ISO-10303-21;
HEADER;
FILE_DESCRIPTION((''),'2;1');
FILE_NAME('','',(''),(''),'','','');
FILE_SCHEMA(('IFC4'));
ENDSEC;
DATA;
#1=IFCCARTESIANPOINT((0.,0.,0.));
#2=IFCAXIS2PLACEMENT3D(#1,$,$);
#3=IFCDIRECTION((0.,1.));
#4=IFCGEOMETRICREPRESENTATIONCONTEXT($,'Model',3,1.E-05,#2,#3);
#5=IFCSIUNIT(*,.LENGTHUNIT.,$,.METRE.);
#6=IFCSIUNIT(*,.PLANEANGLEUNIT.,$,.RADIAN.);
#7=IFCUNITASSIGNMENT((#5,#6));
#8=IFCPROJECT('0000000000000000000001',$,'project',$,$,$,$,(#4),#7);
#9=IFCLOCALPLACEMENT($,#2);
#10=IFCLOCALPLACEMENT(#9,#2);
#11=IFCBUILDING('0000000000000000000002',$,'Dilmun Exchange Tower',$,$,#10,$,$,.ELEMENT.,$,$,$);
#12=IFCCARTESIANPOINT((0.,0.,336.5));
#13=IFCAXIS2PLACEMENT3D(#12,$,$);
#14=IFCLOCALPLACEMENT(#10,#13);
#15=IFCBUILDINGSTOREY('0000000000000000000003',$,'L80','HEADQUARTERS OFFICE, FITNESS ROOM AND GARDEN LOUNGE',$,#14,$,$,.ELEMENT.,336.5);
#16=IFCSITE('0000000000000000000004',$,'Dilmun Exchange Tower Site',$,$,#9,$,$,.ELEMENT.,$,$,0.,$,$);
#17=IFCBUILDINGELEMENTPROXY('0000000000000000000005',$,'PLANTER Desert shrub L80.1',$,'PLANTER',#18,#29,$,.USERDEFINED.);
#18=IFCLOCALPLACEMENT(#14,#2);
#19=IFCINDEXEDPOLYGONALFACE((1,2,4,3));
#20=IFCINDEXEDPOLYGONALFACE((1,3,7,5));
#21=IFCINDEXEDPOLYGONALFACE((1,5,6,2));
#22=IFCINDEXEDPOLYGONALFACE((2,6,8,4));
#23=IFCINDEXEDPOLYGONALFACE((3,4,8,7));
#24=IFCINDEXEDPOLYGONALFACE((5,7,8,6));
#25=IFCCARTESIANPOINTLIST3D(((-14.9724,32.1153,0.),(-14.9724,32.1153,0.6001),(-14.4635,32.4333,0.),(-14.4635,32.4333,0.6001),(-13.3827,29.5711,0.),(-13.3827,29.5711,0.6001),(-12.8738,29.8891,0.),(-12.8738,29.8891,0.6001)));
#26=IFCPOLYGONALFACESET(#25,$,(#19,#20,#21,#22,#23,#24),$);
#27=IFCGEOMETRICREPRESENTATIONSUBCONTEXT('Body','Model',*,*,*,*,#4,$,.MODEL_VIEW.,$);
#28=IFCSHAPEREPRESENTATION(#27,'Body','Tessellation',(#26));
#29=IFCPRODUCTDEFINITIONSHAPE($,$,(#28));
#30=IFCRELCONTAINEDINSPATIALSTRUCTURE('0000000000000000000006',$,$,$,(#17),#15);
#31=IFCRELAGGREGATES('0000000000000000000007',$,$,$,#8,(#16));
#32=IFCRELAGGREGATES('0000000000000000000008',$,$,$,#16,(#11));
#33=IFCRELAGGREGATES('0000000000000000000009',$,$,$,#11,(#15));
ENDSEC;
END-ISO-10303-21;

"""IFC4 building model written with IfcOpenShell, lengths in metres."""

from ifc_helpers import new_model, si_unit, direction, frame, origin, origin_2d, place, context, subcontext, project, spatial, rectangle, extrude, element, save


model = new_model("IFC4")

# Units and contexts
model_context = context("Model", 3, precision=1e-05, world=origin(), true_north=direction((0.0, 1.0)))
body_context = subcontext(model_context, "Body", "Model", "MODEL_VIEW")
ifc_project = project(units=[si_unit("LENGTHUNIT", "METRE"), si_unit("PLANEANGLEUNIT", "RADIAN")], contexts=[model_context])

# Site, building, storey
site_placement = place(None, origin())
site = spatial("IfcSite", under=ifc_project, at=site_placement, Name="Dilmun Exchange Tower Site", CompositionType="ELEMENT", RefElevation=0.0)
building_placement = place(site_placement, origin())
building = spatial("IfcBuilding", under=site, at=building_placement, Name="Dilmun Exchange Tower", CompositionType="ELEMENT")
storey_placement = place(building_placement, frame((0.0, 0.0, 336.5)))
storey = spatial("IfcBuildingStorey", under=building, at=storey_placement, Name="L80", Description="HEADQUARTERS OFFICE, FITNESS ROOM AND GARDEN LOUNGE", CompositionType="ELEMENT", Elevation=336.5)

# Building element proxy
proxy_placement = place(storey_placement, frame((-13.9231, 31.0022, 0.0), z_axis=(0.0, 0.0, 1.0), x_axis=(-0.529919, 0.848048, 0.0)))
element("IfcBuildingElementProxy", 1, at=proxy_placement, inside=storey, Name="PLANTER Desert shrub L80.1", ObjectType="PLANTER", PredefinedType="USERDEFINED", context=body_context, shape_type="SweptSolid", body=[
    extrude(rectangle(XDim=3.0, YDim=0.6001, at=origin_2d()), origin(), (0.0, 0.0, 1.0), 0.6001),
])

save(model, "model.ifc")
